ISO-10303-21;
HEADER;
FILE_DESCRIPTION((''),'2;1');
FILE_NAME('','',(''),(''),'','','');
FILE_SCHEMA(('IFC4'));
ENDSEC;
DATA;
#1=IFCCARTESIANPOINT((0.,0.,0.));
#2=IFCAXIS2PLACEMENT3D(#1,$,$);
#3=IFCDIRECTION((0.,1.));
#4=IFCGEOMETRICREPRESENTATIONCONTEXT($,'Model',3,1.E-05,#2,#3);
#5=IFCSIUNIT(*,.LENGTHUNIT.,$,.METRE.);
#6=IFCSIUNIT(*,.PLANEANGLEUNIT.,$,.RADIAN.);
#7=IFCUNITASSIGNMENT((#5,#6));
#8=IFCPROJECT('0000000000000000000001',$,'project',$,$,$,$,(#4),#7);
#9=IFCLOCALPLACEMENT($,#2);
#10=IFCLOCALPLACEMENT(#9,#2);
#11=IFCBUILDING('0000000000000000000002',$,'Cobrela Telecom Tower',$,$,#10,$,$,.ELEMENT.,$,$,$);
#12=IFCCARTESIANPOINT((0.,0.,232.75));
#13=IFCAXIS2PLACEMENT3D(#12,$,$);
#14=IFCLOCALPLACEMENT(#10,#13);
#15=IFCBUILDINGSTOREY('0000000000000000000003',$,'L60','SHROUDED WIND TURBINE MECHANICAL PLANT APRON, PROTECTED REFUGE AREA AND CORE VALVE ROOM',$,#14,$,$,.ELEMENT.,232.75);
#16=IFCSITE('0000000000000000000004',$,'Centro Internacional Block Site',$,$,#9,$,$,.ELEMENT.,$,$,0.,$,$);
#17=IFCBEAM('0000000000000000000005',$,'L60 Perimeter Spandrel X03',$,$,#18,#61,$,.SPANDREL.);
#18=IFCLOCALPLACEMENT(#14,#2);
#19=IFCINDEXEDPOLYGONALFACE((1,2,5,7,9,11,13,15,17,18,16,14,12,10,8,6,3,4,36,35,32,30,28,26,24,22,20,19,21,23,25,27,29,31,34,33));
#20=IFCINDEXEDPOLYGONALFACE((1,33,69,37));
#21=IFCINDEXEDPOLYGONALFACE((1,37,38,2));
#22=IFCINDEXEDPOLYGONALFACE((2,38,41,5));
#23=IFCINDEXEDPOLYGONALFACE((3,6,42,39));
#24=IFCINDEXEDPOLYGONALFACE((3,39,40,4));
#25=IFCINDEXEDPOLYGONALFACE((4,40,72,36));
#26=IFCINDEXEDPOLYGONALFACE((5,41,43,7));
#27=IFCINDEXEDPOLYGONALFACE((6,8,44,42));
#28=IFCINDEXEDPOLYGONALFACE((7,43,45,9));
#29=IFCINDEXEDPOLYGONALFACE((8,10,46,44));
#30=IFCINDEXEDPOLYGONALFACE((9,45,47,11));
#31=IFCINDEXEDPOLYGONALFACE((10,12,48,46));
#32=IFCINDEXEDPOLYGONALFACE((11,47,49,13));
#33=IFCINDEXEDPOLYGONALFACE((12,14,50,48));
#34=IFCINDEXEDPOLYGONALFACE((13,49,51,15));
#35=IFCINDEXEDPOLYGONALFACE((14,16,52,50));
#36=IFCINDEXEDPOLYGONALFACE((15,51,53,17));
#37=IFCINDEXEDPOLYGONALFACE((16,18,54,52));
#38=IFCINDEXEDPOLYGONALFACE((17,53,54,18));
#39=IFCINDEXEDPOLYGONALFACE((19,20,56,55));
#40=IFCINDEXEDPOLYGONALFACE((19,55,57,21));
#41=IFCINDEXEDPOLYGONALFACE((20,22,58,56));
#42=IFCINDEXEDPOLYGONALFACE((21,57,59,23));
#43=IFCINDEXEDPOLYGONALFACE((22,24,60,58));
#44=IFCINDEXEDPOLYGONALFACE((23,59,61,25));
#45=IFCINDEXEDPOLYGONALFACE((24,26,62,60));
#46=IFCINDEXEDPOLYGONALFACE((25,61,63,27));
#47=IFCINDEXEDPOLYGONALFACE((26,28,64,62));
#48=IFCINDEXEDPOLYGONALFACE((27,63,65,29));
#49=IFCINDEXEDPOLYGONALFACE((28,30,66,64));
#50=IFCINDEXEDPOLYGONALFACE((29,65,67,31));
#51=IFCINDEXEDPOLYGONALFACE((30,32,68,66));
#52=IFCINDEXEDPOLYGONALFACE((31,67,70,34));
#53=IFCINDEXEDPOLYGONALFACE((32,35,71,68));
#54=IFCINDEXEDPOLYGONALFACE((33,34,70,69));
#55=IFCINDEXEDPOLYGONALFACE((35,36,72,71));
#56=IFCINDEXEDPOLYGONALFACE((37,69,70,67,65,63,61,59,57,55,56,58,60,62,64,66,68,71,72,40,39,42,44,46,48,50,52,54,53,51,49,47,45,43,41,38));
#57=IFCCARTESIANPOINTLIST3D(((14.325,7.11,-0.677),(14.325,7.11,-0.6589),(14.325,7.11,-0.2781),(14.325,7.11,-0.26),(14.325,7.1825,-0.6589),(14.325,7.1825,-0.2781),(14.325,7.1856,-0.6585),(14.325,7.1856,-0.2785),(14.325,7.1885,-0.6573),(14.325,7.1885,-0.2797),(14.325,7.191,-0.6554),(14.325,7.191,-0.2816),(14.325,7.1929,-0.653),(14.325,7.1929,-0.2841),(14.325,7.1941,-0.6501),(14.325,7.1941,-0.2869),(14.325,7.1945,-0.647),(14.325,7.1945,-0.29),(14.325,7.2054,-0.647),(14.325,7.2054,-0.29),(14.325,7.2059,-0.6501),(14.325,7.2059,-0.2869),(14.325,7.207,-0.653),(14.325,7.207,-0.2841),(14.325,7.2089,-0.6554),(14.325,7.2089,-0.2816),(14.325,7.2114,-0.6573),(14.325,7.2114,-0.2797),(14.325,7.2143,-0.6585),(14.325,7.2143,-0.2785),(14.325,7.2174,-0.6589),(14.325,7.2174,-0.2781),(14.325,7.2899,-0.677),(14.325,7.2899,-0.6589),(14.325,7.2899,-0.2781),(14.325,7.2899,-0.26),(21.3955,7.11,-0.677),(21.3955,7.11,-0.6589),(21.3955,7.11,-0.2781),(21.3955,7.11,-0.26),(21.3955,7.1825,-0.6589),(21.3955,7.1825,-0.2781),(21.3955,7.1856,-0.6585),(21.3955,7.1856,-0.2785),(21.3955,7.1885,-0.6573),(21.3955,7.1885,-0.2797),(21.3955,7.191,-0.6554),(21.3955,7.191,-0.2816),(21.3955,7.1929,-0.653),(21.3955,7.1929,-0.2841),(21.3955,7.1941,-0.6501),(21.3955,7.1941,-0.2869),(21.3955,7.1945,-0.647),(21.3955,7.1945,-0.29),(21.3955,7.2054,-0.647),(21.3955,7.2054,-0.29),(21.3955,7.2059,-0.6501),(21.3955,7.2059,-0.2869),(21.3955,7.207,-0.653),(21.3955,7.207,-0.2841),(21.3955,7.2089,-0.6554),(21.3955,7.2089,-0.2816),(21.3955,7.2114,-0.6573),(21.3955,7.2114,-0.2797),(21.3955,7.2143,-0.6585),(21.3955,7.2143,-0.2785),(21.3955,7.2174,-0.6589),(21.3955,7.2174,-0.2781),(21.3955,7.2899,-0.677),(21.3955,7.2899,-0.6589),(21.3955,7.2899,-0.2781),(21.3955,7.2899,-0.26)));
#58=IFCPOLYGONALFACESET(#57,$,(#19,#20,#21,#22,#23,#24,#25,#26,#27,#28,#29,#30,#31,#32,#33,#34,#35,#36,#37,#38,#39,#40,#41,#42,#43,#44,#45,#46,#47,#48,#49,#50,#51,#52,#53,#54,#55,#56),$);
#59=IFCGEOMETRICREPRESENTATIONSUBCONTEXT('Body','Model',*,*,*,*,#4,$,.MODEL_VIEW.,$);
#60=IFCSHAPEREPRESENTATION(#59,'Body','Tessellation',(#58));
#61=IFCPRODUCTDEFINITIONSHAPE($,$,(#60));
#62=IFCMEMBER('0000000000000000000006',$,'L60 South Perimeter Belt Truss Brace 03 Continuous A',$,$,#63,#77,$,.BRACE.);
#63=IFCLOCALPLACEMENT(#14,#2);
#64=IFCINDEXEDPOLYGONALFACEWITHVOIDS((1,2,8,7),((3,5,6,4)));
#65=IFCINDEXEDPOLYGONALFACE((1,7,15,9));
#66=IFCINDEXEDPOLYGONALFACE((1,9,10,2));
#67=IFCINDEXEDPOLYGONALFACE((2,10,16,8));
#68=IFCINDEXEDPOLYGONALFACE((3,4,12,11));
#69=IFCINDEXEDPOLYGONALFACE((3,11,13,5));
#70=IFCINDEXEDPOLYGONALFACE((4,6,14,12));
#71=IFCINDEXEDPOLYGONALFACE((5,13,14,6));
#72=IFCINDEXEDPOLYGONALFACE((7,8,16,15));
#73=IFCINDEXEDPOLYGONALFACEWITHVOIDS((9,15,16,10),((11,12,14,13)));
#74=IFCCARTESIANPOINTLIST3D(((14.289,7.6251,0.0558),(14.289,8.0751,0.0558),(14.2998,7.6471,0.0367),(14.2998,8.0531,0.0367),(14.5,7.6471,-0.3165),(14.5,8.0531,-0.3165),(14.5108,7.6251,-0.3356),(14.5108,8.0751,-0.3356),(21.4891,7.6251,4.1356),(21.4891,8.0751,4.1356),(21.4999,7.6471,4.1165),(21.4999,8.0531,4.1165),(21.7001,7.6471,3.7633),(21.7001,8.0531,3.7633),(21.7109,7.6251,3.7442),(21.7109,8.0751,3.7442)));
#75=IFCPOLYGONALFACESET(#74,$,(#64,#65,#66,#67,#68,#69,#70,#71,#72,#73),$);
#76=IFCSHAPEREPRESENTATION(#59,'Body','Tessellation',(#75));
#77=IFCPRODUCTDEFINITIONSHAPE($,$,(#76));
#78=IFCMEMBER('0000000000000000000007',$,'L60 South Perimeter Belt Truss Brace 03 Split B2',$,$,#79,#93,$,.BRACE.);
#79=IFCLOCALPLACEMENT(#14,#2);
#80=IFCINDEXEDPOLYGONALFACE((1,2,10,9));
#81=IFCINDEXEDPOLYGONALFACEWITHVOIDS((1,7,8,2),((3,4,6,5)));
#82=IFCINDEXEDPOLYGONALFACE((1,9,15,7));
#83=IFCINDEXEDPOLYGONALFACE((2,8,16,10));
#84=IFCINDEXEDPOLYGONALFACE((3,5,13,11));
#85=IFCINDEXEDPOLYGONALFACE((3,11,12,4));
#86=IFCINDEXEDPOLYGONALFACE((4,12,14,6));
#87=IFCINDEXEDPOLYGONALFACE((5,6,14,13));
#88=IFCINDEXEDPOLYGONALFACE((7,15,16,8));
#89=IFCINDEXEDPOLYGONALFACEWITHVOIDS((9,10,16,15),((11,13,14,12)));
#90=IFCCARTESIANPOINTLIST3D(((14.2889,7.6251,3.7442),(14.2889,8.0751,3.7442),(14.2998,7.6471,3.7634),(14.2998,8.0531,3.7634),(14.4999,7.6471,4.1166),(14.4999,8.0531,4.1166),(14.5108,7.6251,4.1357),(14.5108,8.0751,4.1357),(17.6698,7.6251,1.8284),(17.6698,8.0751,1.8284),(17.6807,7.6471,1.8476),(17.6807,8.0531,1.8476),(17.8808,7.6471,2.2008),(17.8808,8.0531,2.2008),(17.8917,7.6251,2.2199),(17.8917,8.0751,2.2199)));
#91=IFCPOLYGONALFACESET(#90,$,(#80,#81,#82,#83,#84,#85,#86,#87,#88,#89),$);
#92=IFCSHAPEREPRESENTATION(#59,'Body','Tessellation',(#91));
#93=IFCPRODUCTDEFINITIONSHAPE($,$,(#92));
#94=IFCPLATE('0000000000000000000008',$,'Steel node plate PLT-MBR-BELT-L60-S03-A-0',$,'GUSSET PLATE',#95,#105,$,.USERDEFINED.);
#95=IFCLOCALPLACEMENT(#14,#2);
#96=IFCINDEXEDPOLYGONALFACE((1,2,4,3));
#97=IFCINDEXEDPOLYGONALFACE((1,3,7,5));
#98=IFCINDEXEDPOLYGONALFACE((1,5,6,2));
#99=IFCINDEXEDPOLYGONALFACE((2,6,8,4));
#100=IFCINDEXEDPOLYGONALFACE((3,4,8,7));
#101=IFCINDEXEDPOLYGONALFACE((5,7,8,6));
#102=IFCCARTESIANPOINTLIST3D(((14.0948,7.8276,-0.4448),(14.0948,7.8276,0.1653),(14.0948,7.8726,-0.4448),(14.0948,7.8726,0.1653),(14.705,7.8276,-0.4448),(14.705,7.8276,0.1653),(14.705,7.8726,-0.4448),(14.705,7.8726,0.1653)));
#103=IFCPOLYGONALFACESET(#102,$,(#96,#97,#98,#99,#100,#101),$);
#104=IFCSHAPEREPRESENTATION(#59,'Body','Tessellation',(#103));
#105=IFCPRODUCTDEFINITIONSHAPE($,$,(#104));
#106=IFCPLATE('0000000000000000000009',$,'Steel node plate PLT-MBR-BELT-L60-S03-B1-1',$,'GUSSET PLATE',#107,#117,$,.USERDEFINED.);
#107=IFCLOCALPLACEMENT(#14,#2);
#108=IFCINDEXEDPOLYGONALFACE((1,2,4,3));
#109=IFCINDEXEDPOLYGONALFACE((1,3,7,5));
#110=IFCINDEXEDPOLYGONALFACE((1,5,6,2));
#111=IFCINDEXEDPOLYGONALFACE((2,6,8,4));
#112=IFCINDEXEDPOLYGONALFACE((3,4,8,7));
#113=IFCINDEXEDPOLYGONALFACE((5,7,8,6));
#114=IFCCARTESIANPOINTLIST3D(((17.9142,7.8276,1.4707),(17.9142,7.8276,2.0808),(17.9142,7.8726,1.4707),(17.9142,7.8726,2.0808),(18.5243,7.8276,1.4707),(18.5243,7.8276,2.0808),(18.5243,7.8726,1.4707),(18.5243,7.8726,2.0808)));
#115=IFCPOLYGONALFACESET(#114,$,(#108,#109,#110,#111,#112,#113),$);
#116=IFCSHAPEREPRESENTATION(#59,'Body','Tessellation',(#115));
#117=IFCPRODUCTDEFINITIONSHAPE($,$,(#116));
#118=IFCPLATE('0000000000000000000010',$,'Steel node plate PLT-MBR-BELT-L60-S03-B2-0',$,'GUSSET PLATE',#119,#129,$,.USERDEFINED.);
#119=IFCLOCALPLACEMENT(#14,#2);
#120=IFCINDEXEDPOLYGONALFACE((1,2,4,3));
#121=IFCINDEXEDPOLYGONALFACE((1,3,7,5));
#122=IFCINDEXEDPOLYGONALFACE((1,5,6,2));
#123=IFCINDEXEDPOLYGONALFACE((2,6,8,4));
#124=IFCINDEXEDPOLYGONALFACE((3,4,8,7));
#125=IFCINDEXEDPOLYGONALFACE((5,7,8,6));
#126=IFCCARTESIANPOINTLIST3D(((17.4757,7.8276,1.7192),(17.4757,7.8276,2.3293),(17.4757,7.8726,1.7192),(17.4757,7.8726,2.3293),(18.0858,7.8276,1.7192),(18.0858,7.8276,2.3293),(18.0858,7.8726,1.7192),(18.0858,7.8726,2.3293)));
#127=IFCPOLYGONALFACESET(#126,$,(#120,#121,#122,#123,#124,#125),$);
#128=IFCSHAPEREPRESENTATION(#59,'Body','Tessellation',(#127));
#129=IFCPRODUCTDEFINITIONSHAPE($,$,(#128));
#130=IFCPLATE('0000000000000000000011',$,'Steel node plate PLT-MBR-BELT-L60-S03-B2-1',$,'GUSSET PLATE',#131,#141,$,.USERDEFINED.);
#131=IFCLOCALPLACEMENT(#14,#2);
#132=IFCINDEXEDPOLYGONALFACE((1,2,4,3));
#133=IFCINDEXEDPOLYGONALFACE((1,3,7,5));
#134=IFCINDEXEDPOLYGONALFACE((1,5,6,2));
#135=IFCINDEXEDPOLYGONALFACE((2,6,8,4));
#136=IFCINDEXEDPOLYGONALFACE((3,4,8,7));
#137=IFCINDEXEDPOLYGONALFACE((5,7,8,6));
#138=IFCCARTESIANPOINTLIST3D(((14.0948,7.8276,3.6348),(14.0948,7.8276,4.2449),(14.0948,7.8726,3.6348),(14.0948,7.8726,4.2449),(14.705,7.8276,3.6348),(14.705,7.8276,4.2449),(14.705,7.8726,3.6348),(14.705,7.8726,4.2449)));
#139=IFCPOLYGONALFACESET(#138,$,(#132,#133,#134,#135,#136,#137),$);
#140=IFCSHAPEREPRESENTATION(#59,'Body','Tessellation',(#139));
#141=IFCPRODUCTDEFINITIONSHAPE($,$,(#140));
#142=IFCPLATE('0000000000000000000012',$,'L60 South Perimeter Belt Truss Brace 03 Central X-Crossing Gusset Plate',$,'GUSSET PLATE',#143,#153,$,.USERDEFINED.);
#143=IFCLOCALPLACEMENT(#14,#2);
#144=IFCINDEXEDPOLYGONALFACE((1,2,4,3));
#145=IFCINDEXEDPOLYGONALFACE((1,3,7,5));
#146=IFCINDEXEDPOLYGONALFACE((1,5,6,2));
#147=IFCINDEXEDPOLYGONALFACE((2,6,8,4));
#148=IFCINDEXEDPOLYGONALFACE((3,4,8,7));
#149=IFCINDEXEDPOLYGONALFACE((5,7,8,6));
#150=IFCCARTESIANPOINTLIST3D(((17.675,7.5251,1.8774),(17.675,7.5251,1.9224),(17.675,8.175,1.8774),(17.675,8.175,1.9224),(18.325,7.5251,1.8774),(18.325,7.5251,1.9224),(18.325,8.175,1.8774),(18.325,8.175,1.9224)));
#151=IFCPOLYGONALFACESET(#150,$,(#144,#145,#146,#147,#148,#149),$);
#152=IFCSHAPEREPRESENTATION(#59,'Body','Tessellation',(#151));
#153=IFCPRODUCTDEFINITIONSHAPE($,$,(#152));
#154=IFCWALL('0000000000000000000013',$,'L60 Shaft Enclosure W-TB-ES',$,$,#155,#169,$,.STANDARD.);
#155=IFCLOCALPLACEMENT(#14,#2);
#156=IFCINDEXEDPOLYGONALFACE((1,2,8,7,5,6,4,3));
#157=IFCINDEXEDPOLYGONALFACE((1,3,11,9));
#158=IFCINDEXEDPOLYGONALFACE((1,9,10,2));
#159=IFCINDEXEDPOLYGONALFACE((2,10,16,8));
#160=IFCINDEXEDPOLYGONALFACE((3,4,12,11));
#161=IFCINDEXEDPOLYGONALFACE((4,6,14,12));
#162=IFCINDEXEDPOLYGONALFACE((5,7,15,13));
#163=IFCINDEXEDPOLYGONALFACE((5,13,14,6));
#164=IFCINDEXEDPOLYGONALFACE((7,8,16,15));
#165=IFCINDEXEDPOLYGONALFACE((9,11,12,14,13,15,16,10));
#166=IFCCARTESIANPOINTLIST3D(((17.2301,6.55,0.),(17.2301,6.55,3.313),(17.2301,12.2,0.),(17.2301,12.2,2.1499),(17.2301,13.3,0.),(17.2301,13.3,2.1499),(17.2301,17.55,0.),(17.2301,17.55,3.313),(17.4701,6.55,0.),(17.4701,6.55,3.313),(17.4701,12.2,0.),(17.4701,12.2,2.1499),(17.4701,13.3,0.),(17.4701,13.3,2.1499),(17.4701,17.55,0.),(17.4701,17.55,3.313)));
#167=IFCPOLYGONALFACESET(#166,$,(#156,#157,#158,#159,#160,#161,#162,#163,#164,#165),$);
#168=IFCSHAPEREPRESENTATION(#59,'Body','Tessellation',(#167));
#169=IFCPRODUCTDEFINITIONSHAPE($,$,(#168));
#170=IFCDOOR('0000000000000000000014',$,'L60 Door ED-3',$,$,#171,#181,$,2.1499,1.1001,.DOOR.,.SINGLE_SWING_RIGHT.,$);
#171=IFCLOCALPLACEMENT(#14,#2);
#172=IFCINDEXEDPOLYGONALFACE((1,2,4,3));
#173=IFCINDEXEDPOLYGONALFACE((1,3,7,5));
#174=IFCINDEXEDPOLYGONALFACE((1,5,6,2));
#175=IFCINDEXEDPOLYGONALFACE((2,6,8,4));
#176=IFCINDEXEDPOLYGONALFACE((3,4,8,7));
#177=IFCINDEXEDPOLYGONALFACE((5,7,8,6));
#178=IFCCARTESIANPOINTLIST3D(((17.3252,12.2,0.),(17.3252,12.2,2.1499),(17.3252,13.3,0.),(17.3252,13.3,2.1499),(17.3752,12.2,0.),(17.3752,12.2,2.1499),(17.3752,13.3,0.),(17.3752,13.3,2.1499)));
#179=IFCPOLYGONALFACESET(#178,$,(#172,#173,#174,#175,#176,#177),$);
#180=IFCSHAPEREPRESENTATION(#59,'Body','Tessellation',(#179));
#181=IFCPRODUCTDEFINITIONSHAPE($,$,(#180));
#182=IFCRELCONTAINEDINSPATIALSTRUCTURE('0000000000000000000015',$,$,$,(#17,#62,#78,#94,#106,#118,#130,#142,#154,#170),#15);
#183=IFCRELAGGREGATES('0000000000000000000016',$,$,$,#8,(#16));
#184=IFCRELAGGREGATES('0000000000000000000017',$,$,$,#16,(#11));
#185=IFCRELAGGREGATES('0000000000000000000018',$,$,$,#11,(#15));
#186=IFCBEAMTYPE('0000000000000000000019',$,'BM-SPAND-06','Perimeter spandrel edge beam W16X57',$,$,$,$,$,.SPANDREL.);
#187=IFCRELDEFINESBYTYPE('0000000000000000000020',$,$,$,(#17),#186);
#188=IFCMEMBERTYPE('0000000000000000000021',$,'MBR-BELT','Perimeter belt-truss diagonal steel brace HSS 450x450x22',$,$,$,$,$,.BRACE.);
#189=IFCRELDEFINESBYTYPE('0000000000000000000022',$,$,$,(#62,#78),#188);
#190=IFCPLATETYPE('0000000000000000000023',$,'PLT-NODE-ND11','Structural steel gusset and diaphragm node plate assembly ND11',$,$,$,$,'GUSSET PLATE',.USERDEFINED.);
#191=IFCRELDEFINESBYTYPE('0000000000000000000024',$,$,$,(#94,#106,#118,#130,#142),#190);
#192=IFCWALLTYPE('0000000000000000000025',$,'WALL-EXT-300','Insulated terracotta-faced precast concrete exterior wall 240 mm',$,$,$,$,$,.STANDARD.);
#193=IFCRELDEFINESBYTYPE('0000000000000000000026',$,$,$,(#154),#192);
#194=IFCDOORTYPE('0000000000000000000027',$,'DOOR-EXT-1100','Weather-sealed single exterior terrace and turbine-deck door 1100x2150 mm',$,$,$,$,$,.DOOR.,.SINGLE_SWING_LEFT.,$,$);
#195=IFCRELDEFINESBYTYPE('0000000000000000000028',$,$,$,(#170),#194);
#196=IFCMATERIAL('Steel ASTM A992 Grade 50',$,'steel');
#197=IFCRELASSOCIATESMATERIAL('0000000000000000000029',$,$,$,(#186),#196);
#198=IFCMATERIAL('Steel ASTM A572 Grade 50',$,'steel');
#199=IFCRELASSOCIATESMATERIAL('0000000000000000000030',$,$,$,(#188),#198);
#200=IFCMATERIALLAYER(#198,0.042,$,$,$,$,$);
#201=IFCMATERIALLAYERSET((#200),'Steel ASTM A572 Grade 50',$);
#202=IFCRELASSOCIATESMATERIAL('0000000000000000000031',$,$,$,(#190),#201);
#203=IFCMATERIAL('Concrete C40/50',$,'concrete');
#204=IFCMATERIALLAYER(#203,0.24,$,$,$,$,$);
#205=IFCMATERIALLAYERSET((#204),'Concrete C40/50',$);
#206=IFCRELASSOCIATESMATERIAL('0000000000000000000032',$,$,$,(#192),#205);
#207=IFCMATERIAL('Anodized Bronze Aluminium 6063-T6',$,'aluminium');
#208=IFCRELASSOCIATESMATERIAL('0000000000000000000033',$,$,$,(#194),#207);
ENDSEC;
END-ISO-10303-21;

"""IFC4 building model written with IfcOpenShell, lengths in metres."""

from ifc_helpers import new_model, si_unit, direction, frame, frame_2d, origin, origin_2d, place, context, subcontext, project, spatial, rectangle, hollow_rectangle, i_section, extrude, material, layer, layer_set, material_profile, profile_set, type_object, element, fill, save


model = new_model("IFC4")

# Units and contexts
model_context = context("Model", 3, precision=1e-05, world=origin(), true_north=direction((0.0, 1.0)))
body_context = subcontext(model_context, "Body", "Model", "MODEL_VIEW")
ifc_project = project(units=[si_unit("LENGTHUNIT", "METRE"), si_unit("PLANEANGLEUNIT", "RADIAN")], contexts=[model_context])

# Site, building, storey
site_placement = place(None, origin())
site = spatial("IfcSite", under=ifc_project, at=site_placement, Name="Centro Internacional Block Site", CompositionType="ELEMENT", RefElevation=0.0)
building_placement = place(site_placement, origin())
building = spatial("IfcBuilding", under=site, at=building_placement, Name="Cobrela Telecom Tower", CompositionType="ELEMENT")
storey_placement = place(building_placement, frame((0.0, 0.0, 232.75)))
storey = spatial("IfcBuildingStorey", under=building, at=storey_placement, Name="L60", Description="SHROUDED WIND TURBINE MECHANICAL PLANT APRON, PROTECTED REFUGE AREA AND CORE VALVE ROOM", CompositionType="ELEMENT", Elevation=232.75)

# Shared definitions
ifc_material_1 = material(Name="Steel ASTM A572 Grade 50", Category="steel")

# Beam
ifc_material_2 = material(Name="Steel ASTM A992 Grade 50", Category="steel")
ifc_material_profile_1 = material_profile(ifc_material_2, i_section(OverallWidth=0.1799, OverallDepth=0.417, WebThickness=0.011, FlangeThickness=0.0181, FilletRadius=0.012, at=origin_2d()), Name="W16X57")
ifc_profile_set_1 = profile_set([ifc_material_profile_1], Name="Steel ASTM A992 Grade 50")
beam_type_1 = type_object("IfcBeamType", Name="BM-SPAND-06", Description="Perimeter spandrel edge beam W16X57", PredefinedType="SPANDREL", material=ifc_profile_set_1)
beam_1_placement = place(storey_placement, frame((14.325, 7.2, -0.4685), z_axis=(1.0, 0.0, 0.0), x_axis=(0.0, 1.0, 0.0)))
element("IfcBeam", 1, at=beam_1_placement, inside=storey, type_object=beam_type_1, Name="L60 Perimeter Spandrel X03", PredefinedType="SPANDREL", context=body_context, shape_type="SweptSolid", body=[
    extrude(i_section(OverallWidth=0.1799, OverallDepth=0.417, WebThickness=0.011, FlangeThickness=0.0181, FilletRadius=0.012, at=origin_2d()), origin(), (0.0, 0.0, 1.0), 7.0706),
])

# Members
ifc_material_profile_2 = material_profile(ifc_material_1, hollow_rectangle(XDim=0.45, YDim=0.45, WallThickness=0.022, at=origin_2d()), Name="HSS 450x450x22")
ifc_profile_set_2 = profile_set([ifc_material_profile_2], Name="Steel ASTM A572 Grade 50")
member_type = type_object("IfcMemberType", Name="MBR-BELT", Description="Perimeter belt-truss diagonal steel brace HSS 450x450x22", PredefinedType="BRACE", material=ifc_profile_set_2)
member_1_placement = place(storey_placement, frame((14.3999, 7.8501, -0.1399), z_axis=(0.870037, 0.0, 0.492987), x_axis=(0.0, 1.0, 0.0)))
element("IfcMember", 2, at=member_1_placement, inside=storey, type_object=member_type, Name="L60 South Perimeter Belt Truss Brace 03 Continuous A", PredefinedType="BRACE", context=body_context, shape_type="SweptSolid", body=[
    extrude(hollow_rectangle(XDim=0.45, YDim=0.45, WallThickness=0.022, at=origin_2d()), origin(), (0.0, 0.0, 1.0), 8.2756),
])
member_2_placement = place(storey_placement, frame((17.7808, 7.8501, 2.0242), z_axis=(-0.870028, 0.0, 0.493003), x_axis=(0.0, -1.0, 0.0)))
element("IfcMember", 3, at=member_2_placement, inside=storey, type_object=member_type, Name="L60 South Perimeter Belt Truss Brace 03 Split B2", PredefinedType="BRACE", context=body_context, shape_type="SweptSolid", body=[
    extrude(hollow_rectangle(XDim=0.45, YDim=0.45, WallThickness=0.022, at=origin_2d()), origin(), (0.0, 0.0, 1.0), 3.886),
])

# Plates
ifc_layer_1 = layer(ifc_material_1, 0.042)
ifc_layer_set_1 = layer_set([ifc_layer_1], Name="Steel ASTM A572 Grade 50")
plate_type = type_object("IfcPlateType", Name="PLT-NODE-ND11", Description="Structural steel gusset and diaphragm node plate assembly ND11", ElementType="GUSSET PLATE", PredefinedType="USERDEFINED", material=ifc_layer_set_1)
for number, where, z_axis, x_axis, name in (
    (4, (14.3999, 7.8501, -0.4448), (0.0, 0.0, 1.0), (1.0, 0.0, 0.0), "Steel node plate PLT-MBR-BELT-L60-S03-A-0"),
    (5, (18.2192, 7.8501, 1.4707), (0.0, 0.0, 1.0), (-1.0, 0.0, 0.0), "Steel node plate PLT-MBR-BELT-L60-S03-B1-1"),
    (6, (17.7808, 7.8501, 1.7192), (0.0, 0.0, 1.0), (-1.0, 0.0, 0.0), "Steel node plate PLT-MBR-BELT-L60-S03-B2-0"),
    (7, (14.3999, 7.8501, 3.6348), (0.0, 0.0, 1.0), (-1.0, 0.0, 0.0), "Steel node plate PLT-MBR-BELT-L60-S03-B2-1"),
):
    element("IfcPlate", number, at=place(storey_placement, frame(where, z_axis=z_axis, x_axis=x_axis)), inside=storey, type_object=plate_type, Name=name, ObjectType="GUSSET PLATE", PredefinedType="USERDEFINED", context=body_context, shape_type="SweptSolid", body=[
        extrude(rectangle(XDim=0.6101, YDim=0.0449, at=origin_2d()), origin(), (0.0, 0.0, 1.0), 0.6101),
    ])
plate_placement = place(storey_placement, frame((18.0, 7.8501, 1.8774), z_axis=(0.0, 0.0, 1.0), x_axis=(1.0, 0.0, 0.0)))
element("IfcPlate", 8, at=plate_placement, inside=storey, type_object=plate_type, Name="L60 South Perimeter Belt Truss Brace 03 Central X-Crossing Gusset Plate", ObjectType="GUSSET PLATE", PredefinedType="USERDEFINED", context=body_context, shape_type="SweptSolid", body=[
    extrude(rectangle(XDim=0.6499, YDim=0.6499, at=origin_2d()), origin(), (0.0, 0.0, 1.0), 0.0449),
])

# Wall, opening, door
ifc_material_3 = material(Name="Concrete C40/50", Category="concrete")
ifc_layer_2 = layer(ifc_material_3, 0.24)
ifc_layer_set_2 = layer_set([ifc_layer_2], Name="Concrete C40/50")
wall_type_1 = type_object("IfcWallType", Name="WALL-EXT-300", Description="Insulated terracotta-faced precast concrete exterior wall 240 mm", PredefinedType="STANDARD", material=ifc_layer_set_2)
wall_1_placement = place(storey_placement, frame((17.3501, 6.55, 0.0), z_axis=(0.0, 0.0, 1.0), x_axis=(0.0, 1.0, 0.0)))
wall_1 = element("IfcWall", 9, at=wall_1_placement, inside=storey, type_object=wall_type_1, Name="L60 Shaft Enclosure W-TB-ES", PredefinedType="STANDARD", context=body_context, shape_type="SweptSolid", body=[
    extrude(rectangle(XDim=11.0, YDim=0.24, at=frame_2d((5.5, 0.0))), origin(), (0.0, 0.0, 1.0), 3.313),
])
opening_1_placement = place(wall_1_placement, frame((5.6499, 0.0, 0.0)))
opening_1 = element("IfcOpeningElement", 10, at=opening_1_placement, cuts=wall_1, PredefinedType="OPENING", context=body_context, shape_type="SweptSolid", body=[
    extrude(rectangle(XDim=1.1001, YDim=2.1499, at=frame_2d((0.55, 1.075))), frame((0.0, 0.1318, 0.0), z_axis=(0.0, -1.0, 0.0), x_axis=(1.0, 0.0, 0.0)), (0.0, 0.0, 1.0), 0.2639),
])
ifc_material_4 = material(Name="Anodized Bronze Aluminium 6063-T6", Category="aluminium")
door_type_1 = type_object("IfcDoorType", Name="DOOR-EXT-1100", Description="Weather-sealed single exterior terrace and turbine-deck door 1100x2150 mm", OperationType="SINGLE_SWING_LEFT", PredefinedType="DOOR", material=ifc_material_4)
door_1_placement = place(opening_1_placement, origin())
door_1 = element("IfcDoor", 11, at=door_1_placement, inside=storey, type_object=door_type_1, Name="L60 Door ED-3", OperationType="SINGLE_SWING_RIGHT", OverallHeight=2.1499, OverallWidth=1.1001, PredefinedType="DOOR", context=body_context, shape_type="SweptSolid", body=[
    extrude(rectangle(XDim=1.1001, YDim=2.1499, at=frame_2d((0.55, 1.075))), frame((0.0, 0.0249, 0.0), z_axis=(0.0, -1.0, 0.0), x_axis=(1.0, 0.0, 0.0)), (0.0, 0.0, 1.0), 0.05),
])
fill(opening_1, door_1)

save(model, "model.ifc")
